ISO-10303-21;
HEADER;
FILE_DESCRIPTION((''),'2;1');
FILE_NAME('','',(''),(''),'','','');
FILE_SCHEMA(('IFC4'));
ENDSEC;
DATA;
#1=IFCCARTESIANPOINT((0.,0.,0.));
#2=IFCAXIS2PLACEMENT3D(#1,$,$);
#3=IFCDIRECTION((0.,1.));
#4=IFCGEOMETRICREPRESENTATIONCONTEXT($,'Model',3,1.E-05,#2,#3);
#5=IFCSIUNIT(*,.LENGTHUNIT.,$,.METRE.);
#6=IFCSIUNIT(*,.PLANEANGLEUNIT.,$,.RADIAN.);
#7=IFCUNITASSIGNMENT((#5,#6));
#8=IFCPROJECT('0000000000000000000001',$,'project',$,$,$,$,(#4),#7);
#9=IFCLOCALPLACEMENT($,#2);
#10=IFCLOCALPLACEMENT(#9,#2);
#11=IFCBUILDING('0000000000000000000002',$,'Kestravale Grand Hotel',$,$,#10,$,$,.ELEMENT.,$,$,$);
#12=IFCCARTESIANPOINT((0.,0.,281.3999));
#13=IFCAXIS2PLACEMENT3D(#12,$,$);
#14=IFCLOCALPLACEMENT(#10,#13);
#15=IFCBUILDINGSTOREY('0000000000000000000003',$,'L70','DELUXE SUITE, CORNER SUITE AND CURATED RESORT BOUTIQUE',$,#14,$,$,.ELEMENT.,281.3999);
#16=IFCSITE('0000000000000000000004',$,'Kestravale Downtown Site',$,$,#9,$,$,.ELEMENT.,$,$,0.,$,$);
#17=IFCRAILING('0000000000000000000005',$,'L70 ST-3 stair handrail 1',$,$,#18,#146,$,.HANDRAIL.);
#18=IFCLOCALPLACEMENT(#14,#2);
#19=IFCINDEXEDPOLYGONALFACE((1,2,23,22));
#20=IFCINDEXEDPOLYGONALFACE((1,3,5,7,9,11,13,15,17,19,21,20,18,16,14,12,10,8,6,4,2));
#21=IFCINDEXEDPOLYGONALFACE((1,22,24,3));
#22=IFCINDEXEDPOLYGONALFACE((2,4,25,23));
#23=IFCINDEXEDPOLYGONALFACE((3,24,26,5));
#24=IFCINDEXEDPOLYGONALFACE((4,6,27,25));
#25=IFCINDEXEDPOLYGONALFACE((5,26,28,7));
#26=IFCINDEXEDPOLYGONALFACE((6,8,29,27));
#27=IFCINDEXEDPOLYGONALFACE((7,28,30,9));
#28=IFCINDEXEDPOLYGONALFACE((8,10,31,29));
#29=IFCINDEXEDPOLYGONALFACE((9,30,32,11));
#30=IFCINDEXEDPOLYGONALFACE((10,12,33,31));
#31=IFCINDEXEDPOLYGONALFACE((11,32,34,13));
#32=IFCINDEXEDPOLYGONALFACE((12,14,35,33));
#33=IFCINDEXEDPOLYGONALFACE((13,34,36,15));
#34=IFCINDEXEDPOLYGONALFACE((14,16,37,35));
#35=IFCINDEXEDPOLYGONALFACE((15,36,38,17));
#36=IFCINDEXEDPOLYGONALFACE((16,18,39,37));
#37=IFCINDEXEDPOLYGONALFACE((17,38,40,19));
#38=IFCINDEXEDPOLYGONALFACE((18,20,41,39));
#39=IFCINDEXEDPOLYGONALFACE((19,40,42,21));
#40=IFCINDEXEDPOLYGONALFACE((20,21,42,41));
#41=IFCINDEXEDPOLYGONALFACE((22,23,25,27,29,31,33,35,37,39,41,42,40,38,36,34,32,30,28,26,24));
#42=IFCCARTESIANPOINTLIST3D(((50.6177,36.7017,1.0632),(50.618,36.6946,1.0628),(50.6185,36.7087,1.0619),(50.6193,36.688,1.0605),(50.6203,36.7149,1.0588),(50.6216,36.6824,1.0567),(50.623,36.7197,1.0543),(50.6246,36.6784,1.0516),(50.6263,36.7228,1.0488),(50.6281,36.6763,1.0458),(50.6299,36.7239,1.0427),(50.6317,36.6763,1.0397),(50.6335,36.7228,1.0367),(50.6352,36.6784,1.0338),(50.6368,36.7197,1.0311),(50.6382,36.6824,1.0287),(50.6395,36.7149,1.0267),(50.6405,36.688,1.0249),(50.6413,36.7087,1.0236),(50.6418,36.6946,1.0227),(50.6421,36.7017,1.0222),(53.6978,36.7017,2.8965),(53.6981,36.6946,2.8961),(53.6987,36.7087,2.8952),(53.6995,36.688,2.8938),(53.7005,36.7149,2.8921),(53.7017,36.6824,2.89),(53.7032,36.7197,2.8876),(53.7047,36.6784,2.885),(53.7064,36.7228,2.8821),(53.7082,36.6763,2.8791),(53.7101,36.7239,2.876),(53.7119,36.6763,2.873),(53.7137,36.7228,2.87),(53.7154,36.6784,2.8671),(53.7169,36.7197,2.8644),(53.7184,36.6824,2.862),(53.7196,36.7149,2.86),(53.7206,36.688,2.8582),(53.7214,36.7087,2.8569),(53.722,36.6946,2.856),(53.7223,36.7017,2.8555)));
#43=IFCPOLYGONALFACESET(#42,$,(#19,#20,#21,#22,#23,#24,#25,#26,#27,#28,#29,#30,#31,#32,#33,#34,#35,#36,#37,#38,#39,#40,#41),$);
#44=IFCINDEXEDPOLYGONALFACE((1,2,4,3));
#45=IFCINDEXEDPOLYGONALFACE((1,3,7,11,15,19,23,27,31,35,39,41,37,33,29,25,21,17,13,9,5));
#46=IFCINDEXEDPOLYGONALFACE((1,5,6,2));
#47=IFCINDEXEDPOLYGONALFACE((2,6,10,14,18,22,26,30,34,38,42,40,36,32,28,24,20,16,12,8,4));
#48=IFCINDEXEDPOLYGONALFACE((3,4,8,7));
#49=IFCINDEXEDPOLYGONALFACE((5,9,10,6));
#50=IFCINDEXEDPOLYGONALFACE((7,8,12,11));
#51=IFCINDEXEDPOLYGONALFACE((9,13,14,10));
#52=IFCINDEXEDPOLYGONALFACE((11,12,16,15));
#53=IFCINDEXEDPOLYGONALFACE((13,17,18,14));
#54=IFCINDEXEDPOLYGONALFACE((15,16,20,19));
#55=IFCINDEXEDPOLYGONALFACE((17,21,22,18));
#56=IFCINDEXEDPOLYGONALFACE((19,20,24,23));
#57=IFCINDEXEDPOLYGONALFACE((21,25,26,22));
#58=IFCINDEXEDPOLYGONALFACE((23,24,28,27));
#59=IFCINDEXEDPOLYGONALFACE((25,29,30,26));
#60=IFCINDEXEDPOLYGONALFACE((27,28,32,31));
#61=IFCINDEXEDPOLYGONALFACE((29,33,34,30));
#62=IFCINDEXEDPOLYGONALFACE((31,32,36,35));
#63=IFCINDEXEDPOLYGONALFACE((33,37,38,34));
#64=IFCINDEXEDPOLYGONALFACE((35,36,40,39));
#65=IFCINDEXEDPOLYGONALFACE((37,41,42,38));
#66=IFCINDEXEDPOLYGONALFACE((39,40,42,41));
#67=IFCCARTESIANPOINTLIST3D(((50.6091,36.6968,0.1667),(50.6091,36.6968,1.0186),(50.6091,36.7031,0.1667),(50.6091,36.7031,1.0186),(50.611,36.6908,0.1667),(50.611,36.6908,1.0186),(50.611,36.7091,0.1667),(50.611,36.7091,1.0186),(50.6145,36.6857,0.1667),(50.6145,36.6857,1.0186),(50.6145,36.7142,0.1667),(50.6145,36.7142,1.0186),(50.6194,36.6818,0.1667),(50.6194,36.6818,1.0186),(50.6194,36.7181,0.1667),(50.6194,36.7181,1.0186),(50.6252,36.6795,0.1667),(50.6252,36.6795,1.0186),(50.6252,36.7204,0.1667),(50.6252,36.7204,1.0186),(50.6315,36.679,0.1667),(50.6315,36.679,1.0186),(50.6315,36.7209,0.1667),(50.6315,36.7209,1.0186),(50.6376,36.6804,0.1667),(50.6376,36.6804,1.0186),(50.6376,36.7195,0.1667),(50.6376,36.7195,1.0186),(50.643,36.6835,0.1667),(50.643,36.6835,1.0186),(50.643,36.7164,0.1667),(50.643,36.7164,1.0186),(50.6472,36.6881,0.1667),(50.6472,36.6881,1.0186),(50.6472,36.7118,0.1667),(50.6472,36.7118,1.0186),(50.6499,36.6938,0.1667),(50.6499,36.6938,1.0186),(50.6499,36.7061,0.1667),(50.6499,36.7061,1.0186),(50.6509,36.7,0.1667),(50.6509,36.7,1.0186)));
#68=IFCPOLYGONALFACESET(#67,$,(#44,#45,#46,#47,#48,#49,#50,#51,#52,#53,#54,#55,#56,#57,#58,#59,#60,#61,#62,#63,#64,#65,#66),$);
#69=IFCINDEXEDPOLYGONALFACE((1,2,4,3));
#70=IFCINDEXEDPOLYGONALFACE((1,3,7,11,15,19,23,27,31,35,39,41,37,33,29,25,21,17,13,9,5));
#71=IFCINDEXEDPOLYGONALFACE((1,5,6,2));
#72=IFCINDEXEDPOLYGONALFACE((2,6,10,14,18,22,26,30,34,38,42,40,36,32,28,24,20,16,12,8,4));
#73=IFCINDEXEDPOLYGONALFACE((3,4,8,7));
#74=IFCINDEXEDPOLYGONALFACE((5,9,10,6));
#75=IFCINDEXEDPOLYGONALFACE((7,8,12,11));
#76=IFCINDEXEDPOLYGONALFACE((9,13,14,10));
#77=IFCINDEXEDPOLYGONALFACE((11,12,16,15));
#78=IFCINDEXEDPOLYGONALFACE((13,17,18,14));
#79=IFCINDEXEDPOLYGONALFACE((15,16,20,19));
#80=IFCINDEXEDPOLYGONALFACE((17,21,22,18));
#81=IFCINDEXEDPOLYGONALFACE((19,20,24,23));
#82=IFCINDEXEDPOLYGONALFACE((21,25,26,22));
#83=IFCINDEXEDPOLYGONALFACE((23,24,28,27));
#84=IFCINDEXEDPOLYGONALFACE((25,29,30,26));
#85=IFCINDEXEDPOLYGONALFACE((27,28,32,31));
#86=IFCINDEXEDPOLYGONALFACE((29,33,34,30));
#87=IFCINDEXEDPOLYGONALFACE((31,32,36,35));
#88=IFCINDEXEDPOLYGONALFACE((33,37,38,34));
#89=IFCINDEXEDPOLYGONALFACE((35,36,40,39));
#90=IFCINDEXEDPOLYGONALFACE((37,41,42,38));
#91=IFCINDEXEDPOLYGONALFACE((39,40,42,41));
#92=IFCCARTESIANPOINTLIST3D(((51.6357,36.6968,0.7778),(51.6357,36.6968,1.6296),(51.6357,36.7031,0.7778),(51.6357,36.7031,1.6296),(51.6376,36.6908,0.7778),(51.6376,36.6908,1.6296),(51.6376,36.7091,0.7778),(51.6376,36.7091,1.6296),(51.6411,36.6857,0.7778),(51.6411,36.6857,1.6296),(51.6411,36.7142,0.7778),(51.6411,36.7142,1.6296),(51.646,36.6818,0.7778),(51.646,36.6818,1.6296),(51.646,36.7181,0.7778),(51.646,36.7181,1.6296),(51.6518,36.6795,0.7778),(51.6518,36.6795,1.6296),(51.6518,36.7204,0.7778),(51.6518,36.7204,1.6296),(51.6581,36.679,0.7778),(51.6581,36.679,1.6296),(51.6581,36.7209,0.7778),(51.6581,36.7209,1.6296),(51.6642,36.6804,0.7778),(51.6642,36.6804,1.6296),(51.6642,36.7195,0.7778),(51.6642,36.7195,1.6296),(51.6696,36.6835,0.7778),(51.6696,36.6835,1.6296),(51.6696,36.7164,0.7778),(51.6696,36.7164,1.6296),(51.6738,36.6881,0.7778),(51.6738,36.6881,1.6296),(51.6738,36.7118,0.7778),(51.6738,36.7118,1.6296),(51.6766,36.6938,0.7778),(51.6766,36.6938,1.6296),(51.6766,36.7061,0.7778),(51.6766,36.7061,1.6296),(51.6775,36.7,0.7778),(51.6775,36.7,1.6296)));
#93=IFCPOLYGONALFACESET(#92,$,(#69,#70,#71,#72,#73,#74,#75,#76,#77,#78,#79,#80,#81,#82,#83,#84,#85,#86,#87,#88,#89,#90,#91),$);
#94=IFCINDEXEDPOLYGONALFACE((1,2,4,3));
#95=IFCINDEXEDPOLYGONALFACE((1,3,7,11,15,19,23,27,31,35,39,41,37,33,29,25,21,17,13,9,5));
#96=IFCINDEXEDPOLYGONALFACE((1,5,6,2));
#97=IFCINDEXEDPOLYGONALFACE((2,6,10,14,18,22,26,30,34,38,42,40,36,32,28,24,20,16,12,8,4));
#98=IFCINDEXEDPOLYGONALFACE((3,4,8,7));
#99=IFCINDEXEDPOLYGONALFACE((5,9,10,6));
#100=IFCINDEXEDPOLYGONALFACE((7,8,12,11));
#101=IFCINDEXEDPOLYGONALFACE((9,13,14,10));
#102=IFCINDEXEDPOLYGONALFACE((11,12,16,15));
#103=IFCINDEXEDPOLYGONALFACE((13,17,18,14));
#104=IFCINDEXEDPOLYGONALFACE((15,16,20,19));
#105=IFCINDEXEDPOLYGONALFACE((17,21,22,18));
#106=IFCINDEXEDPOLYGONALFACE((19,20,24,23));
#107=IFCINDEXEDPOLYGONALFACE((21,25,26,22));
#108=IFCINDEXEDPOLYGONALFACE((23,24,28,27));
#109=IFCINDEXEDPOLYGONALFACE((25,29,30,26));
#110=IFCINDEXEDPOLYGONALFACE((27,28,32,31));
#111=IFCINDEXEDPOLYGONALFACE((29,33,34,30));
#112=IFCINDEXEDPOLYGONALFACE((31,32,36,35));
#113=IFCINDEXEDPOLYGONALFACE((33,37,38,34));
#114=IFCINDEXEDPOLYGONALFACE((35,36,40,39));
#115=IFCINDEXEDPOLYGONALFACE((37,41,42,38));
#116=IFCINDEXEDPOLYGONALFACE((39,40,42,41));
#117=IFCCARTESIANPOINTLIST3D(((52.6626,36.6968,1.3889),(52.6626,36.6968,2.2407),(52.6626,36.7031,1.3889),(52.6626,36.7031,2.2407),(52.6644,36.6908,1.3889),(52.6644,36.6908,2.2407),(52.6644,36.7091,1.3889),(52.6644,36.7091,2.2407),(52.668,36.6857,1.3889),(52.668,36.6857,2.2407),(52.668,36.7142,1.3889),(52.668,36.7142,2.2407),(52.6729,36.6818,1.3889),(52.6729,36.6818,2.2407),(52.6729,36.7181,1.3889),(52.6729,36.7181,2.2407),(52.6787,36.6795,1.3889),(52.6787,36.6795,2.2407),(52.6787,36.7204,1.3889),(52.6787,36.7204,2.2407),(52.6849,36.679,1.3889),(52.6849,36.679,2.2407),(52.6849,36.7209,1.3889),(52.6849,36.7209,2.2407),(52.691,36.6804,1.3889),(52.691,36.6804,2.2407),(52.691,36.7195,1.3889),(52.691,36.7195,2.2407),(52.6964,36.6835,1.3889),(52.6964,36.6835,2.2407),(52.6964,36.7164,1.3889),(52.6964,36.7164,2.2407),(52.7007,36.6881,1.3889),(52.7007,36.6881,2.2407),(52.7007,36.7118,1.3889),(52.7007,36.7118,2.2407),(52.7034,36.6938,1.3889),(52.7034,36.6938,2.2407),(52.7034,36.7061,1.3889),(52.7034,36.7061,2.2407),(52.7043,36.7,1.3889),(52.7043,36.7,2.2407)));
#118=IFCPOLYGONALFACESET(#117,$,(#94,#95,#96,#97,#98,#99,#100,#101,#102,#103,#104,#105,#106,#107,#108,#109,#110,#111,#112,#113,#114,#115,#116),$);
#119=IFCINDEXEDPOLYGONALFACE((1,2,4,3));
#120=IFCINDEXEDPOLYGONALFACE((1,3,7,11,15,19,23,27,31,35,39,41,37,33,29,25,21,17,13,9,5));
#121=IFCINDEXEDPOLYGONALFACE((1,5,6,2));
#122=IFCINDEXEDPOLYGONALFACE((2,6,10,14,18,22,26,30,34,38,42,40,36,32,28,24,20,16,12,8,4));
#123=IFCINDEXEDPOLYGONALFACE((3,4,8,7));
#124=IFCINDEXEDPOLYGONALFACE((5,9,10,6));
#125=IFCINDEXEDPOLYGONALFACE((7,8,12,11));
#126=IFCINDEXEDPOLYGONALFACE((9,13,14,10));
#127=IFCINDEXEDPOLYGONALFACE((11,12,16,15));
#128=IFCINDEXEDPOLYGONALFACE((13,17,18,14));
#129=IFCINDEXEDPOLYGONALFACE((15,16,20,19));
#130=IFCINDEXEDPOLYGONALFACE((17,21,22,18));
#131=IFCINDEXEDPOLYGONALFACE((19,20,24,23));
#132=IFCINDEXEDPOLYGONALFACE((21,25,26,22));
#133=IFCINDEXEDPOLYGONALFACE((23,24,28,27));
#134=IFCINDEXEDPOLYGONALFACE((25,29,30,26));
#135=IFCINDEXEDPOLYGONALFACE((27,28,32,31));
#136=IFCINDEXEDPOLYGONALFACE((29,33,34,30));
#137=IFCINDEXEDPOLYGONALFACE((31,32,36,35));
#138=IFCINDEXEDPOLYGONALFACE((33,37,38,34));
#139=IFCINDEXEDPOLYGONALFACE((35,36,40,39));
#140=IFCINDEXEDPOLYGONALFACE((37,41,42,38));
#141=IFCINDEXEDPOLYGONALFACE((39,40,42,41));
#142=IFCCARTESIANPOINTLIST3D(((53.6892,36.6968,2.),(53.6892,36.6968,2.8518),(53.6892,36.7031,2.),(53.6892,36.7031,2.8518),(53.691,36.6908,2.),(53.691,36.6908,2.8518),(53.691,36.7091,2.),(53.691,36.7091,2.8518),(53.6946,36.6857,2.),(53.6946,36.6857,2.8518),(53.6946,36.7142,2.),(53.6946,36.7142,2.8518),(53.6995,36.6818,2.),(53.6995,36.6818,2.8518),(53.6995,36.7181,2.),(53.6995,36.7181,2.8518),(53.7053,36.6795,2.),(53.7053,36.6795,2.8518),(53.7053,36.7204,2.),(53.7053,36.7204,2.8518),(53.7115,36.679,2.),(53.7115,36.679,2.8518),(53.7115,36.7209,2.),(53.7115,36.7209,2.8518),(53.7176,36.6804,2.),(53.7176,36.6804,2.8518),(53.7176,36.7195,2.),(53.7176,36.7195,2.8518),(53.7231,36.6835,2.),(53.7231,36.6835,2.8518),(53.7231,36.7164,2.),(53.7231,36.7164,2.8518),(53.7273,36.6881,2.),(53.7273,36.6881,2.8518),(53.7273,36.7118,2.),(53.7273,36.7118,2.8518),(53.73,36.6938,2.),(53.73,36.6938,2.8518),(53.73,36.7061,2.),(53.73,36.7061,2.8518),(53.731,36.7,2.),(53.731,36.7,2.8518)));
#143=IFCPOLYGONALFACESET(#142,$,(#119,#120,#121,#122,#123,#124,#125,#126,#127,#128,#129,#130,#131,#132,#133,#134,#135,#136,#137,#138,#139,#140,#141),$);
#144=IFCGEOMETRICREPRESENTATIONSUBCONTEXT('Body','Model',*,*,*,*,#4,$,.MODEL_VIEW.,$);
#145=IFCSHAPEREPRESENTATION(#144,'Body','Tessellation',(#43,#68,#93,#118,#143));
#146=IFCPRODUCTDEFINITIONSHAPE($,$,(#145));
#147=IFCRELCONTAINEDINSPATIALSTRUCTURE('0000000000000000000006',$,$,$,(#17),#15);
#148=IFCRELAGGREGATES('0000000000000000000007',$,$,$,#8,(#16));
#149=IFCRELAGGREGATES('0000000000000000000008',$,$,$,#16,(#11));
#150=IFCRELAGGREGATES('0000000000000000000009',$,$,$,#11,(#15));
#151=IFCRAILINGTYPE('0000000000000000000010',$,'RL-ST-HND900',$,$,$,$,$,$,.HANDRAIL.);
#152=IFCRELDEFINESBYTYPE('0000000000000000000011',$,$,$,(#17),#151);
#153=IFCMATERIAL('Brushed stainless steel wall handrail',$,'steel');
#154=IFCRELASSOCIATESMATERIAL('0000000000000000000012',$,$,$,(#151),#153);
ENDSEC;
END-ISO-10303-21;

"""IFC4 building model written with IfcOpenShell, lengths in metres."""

from ifc_helpers import new_model, si_unit, direction, frame, origin, origin_2d, place, context, subcontext, project, spatial, circle, extrude, material, type_object, element, save


model = new_model("IFC4")

# Units and contexts
model_context = context("Model", 3, precision=1e-05, world=origin(), true_north=direction((0.0, 1.0)))
body_context = subcontext(model_context, "Body", "Model", "MODEL_VIEW")
ifc_project = project(units=[si_unit("LENGTHUNIT", "METRE"), si_unit("PLANEANGLEUNIT", "RADIAN")], contexts=[model_context])

# Site, building, storey
site_placement = place(None, origin())
site = spatial("IfcSite", under=ifc_project, at=site_placement, Name="Kestravale Downtown Site", CompositionType="ELEMENT", RefElevation=0.0)
building_placement = place(site_placement, origin())
building = spatial("IfcBuilding", under=site, at=building_placement, Name="Kestravale Grand Hotel", CompositionType="ELEMENT")
storey_placement = place(building_placement, frame((0.0, 0.0, 281.3999)))
storey = spatial("IfcBuildingStorey", under=building, at=storey_placement, Name="L70", Description="DELUXE SUITE, CORNER SUITE AND CURATED RESORT BOUTIQUE", CompositionType="ELEMENT", Elevation=281.3999)

# Railing
ifc_material_1 = material(Name="Brushed stainless steel wall handrail", Category="steel")
railing_type_1 = type_object("IfcRailingType", Name="RL-ST-HND900", PredefinedType="HANDRAIL", material=ifc_material_1)
railing_1_placement = place(storey_placement, frame((50.6299, 36.7, 0.1667)))
element("IfcRailing", 1, at=railing_1_placement, inside=storey, type_object=railing_type_1, Name="L70 ST-3 stair handrail 1", PredefinedType="HANDRAIL", context=body_context, shape_type="SweptSolid", body=[
    extrude(circle(Radius=0.0239, at=origin_2d()), frame((0.0, 0.0, 0.876), z_axis=(0.859309, 0.0, 0.511458), x_axis=(0.0, 1.0, 0.0)), (0.0, 0.0, 1.0), 3.5845),
    extrude(circle(Radius=0.021, at=origin_2d()), origin(), (0.0, 0.0, 1.0), 0.8518),
    extrude(circle(Radius=0.021, at=origin_2d()), frame((1.0266, 0.0, 0.6111)), (0.0, 0.0, 1.0), 0.8518),
    extrude(circle(Radius=0.021, at=origin_2d()), frame((2.0535, 0.0, 1.2222)), (0.0, 0.0, 1.0), 0.8518),
    extrude(circle(Radius=0.021, at=origin_2d()), frame((3.0801, 0.0, 1.8333)), (0.0, 0.0, 1.0), 0.8518),
])

save(model, "model.ifc")
